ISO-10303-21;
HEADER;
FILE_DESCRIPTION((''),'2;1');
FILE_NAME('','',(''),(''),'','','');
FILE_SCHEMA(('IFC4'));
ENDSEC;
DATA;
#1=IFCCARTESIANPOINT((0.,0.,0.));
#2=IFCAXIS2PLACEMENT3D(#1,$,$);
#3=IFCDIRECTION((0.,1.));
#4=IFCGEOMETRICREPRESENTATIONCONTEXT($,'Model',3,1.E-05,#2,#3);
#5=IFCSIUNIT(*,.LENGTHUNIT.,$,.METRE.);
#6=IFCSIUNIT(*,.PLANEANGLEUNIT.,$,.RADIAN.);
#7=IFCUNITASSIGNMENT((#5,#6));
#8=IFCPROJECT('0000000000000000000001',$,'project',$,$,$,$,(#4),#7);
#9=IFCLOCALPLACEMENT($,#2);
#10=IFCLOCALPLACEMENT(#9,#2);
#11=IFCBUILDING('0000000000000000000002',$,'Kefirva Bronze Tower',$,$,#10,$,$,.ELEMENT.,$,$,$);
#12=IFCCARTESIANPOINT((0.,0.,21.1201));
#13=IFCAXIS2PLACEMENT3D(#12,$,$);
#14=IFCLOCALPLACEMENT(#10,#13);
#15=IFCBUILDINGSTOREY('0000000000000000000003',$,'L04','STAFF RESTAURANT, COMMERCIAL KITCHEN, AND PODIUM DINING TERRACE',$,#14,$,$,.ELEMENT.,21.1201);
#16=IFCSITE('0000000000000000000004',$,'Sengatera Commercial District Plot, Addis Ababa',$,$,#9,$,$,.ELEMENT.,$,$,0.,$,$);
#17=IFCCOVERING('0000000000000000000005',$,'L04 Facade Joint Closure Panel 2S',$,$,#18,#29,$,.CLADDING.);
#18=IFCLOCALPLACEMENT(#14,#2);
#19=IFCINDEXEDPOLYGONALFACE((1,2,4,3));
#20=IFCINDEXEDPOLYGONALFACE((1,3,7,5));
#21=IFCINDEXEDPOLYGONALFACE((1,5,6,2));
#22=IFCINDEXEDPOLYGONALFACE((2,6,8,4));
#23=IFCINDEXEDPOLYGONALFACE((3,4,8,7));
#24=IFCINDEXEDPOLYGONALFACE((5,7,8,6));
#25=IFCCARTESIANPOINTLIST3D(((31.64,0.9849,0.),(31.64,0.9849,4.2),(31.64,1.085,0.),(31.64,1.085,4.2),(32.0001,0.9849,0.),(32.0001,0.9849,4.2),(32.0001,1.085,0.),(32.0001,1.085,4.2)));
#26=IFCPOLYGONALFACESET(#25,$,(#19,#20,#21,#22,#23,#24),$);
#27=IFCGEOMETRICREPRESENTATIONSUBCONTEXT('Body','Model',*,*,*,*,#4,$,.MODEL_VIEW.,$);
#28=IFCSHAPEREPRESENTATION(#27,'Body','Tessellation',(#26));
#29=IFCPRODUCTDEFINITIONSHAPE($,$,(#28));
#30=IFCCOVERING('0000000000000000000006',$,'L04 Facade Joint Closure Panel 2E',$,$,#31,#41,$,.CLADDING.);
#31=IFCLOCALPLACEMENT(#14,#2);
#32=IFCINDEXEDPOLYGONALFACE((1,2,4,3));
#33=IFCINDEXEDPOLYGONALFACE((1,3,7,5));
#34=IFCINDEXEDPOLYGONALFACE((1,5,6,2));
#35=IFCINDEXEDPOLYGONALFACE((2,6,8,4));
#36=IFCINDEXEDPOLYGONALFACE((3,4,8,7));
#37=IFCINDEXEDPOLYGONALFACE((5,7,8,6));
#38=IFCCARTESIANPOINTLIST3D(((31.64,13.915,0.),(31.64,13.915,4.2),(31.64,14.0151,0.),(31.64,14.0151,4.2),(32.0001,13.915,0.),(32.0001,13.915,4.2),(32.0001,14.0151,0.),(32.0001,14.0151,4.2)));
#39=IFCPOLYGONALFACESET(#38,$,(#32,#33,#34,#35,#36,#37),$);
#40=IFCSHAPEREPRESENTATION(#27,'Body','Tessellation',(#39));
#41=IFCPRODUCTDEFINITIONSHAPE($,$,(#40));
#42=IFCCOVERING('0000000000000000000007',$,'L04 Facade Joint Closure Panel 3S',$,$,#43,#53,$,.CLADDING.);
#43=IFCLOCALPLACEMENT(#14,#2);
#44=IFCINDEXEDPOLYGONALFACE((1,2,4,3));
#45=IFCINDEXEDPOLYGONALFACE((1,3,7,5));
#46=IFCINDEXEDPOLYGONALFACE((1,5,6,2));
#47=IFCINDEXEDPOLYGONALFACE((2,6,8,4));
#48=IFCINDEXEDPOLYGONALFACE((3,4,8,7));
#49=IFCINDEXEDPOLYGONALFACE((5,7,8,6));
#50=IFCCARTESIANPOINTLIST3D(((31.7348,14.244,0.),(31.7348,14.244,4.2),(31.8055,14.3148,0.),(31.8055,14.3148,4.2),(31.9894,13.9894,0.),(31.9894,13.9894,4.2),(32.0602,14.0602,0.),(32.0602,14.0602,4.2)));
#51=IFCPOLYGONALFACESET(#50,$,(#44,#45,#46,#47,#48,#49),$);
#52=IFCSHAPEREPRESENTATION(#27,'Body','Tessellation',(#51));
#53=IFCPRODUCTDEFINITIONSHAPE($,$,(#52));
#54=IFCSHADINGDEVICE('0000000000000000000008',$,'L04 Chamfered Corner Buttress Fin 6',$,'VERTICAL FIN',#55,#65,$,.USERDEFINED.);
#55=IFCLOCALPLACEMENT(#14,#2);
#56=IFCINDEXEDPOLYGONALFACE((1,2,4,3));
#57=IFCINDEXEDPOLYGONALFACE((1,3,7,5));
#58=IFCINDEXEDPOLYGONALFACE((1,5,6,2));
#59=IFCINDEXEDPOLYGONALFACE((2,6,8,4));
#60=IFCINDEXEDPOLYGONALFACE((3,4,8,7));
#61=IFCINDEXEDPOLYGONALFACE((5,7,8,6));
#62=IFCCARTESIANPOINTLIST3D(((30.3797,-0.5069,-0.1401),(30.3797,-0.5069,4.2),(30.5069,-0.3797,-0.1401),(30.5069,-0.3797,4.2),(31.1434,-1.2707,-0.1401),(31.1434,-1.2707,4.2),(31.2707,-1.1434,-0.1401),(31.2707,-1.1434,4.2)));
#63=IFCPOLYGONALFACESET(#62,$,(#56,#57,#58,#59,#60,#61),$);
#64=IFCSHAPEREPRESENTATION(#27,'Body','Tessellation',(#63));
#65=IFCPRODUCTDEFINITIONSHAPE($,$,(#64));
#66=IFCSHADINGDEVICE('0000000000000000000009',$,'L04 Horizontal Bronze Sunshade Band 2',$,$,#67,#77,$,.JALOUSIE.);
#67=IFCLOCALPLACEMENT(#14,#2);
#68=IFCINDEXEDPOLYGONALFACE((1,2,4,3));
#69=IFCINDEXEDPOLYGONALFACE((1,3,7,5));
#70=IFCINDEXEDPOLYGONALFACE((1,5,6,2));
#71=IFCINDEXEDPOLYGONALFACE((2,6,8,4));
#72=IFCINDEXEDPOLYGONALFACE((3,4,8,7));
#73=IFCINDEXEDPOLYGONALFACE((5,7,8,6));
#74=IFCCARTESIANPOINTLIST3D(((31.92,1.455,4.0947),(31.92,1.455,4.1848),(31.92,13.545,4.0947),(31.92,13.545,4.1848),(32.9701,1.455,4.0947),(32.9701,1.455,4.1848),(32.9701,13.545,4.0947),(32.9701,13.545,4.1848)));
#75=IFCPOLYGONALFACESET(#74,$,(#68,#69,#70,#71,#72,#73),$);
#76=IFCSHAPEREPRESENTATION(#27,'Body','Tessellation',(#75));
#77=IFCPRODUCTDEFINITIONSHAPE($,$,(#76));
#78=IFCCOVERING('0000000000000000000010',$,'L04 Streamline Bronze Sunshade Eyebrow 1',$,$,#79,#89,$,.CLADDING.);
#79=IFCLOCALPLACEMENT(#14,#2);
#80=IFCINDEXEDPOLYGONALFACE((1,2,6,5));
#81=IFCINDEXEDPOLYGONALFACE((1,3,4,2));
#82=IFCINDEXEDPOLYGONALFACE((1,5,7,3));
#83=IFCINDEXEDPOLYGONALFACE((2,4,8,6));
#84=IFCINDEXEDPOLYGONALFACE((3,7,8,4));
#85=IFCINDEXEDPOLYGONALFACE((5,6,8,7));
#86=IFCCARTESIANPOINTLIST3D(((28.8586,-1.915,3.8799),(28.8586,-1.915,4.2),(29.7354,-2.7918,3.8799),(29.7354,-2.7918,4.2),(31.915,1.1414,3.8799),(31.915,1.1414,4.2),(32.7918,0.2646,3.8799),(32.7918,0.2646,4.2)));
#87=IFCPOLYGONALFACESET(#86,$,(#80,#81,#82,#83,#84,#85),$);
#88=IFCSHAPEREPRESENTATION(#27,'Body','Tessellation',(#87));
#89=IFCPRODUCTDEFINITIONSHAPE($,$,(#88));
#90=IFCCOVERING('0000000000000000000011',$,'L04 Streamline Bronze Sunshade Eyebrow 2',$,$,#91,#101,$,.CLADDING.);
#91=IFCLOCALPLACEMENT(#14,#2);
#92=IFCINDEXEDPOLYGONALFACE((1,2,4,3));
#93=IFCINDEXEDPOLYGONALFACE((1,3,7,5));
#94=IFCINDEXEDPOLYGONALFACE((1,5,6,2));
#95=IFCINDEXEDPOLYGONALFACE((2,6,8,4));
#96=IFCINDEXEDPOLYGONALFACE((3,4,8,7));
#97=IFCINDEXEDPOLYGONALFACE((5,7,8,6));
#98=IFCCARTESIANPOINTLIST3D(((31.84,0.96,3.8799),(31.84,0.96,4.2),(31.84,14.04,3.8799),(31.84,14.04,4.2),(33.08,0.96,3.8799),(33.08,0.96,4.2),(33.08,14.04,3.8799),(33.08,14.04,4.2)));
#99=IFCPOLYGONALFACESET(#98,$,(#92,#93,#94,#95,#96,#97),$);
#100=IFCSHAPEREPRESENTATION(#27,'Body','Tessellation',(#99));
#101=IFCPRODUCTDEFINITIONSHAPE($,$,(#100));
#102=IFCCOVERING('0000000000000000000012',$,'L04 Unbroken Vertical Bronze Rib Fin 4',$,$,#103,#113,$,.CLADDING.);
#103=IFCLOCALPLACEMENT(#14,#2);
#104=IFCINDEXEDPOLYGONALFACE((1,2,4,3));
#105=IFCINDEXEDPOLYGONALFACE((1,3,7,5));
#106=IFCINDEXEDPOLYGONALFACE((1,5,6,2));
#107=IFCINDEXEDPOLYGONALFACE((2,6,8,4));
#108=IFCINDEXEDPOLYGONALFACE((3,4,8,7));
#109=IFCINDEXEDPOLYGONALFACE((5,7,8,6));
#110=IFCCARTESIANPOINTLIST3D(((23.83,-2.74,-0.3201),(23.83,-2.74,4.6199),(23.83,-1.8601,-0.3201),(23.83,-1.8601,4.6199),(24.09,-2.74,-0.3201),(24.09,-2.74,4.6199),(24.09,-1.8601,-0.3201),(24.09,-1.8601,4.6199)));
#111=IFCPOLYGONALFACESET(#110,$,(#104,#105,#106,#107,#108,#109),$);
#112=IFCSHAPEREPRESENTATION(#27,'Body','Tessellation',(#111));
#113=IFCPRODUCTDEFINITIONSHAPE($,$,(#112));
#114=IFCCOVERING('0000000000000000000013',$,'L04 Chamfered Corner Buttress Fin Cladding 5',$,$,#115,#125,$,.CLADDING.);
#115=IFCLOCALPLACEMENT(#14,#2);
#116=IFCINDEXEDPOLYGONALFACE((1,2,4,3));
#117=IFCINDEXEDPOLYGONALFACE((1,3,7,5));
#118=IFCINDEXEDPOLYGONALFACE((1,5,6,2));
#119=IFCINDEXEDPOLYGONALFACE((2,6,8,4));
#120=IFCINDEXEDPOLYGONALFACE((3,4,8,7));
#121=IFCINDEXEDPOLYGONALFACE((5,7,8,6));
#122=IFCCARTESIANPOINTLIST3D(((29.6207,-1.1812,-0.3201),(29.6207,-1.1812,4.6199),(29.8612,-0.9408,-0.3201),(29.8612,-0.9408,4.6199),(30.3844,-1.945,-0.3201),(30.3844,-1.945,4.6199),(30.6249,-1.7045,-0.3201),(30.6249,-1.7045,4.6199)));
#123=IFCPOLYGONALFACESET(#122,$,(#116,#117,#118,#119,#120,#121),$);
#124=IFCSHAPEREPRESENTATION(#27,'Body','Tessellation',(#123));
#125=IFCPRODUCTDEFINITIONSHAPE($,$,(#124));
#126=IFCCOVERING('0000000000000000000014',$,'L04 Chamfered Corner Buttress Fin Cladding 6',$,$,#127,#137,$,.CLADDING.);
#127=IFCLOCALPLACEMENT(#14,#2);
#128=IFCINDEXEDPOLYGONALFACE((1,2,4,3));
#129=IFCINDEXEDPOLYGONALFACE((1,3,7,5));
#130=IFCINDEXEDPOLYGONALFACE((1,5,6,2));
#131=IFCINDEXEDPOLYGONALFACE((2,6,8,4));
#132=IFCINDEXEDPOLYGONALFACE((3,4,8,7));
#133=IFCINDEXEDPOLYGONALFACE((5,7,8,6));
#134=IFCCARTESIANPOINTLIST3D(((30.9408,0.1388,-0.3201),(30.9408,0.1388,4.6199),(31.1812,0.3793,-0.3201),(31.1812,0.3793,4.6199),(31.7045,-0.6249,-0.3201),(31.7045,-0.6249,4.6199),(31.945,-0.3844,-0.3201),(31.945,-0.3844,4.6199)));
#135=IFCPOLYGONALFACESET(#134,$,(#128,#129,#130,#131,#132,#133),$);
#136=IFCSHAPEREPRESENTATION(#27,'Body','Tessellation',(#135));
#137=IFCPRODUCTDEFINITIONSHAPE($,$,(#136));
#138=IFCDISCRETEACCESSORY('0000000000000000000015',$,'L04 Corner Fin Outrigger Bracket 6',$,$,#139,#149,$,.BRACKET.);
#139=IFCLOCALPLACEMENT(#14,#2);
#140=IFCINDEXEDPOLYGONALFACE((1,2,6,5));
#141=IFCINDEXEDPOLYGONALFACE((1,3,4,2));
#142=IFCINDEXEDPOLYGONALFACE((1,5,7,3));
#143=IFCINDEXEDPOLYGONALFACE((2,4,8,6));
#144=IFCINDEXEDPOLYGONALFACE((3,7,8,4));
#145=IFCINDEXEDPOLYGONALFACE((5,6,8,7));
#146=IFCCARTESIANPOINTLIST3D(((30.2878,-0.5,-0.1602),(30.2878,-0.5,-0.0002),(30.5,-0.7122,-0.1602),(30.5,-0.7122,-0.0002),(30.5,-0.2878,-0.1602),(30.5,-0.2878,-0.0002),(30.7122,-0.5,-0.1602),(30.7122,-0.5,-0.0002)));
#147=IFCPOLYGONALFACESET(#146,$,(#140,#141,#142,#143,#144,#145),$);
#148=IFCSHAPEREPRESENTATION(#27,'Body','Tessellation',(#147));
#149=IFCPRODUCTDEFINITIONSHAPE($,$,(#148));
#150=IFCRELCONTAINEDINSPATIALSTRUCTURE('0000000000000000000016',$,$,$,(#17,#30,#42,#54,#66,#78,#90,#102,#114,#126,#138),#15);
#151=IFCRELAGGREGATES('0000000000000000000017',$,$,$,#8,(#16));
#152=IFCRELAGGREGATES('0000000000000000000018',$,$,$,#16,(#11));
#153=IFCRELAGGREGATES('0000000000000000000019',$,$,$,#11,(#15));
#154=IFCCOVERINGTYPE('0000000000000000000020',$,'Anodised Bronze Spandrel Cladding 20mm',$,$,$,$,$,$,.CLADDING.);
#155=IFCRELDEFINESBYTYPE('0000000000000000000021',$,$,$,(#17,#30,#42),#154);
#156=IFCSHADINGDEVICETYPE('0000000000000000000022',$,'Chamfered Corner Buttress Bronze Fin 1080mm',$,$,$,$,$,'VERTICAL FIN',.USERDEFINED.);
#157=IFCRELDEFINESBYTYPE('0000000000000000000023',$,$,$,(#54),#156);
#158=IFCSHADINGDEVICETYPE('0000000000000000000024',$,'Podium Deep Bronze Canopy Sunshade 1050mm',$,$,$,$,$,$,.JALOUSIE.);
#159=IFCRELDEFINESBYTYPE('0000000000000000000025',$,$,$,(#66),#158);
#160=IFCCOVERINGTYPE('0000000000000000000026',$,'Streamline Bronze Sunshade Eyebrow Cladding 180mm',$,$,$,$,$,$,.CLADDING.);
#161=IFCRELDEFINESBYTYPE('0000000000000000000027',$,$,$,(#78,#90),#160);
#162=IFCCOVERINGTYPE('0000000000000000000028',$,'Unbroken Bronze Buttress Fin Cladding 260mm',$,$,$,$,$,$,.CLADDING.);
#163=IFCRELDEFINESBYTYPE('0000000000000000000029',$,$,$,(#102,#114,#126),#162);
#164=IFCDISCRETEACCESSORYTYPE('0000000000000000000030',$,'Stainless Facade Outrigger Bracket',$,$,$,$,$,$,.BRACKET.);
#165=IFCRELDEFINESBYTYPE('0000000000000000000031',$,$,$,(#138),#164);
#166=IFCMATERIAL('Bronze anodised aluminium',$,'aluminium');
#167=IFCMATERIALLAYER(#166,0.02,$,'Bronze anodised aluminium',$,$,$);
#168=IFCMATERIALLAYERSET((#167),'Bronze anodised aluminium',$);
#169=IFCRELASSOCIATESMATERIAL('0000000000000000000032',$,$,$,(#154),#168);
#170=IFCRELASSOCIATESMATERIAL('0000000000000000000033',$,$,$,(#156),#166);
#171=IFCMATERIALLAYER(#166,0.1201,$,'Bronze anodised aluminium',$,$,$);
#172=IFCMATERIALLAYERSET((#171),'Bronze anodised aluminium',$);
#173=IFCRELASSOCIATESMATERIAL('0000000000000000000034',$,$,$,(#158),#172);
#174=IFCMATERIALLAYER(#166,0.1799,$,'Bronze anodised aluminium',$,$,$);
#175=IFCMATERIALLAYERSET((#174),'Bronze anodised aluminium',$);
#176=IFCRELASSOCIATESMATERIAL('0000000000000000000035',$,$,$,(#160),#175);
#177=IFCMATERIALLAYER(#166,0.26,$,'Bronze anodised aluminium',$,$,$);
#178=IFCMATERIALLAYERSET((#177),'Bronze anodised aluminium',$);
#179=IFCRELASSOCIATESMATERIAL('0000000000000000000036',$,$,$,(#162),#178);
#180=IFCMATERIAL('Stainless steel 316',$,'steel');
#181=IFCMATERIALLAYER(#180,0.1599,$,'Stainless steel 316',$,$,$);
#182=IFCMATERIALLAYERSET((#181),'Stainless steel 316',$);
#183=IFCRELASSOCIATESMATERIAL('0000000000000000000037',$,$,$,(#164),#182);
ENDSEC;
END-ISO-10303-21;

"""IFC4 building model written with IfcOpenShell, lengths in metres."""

from ifc_helpers import new_model, si_unit, direction, frame, origin, origin_2d, place, context, subcontext, project, spatial, rectangle, extrude, material, layer, layer_set, material_profile, profile_set, type_object, element, save


model = new_model("IFC4")

# Units and contexts
model_context = context("Model", 3, precision=1e-05, world=origin(), true_north=direction((0.0, 1.0)))
body_context = subcontext(model_context, "Body", "Model", "MODEL_VIEW")
ifc_project = project(units=[si_unit("LENGTHUNIT", "METRE"), si_unit("PLANEANGLEUNIT", "RADIAN")], contexts=[model_context])

# Site, building, storey
site_placement = place(None, origin())
site = spatial("IfcSite", under=ifc_project, at=site_placement, Name="Sengatera Commercial District Plot, Addis Ababa", CompositionType="ELEMENT", RefElevation=0.0)
building_placement = place(site_placement, origin())
building = spatial("IfcBuilding", under=site, at=building_placement, Name="Kefirva Bronze Tower", CompositionType="ELEMENT")
storey_placement = place(building_placement, frame((0.0, 0.0, 21.1201)))
storey = spatial("IfcBuildingStorey", under=building, at=storey_placement, Name="L04", Description="STAFF RESTAURANT, COMMERCIAL KITCHEN, AND PODIUM DINING TERRACE", CompositionType="ELEMENT", Elevation=21.1201)

# Shared definitions
ifc_material_1 = material(Name="Bronze anodised aluminium", Category="aluminium")

# Coverings
ifc_layer_1 = layer(ifc_material_1, 0.02, Name="Bronze anodised aluminium")
ifc_layer_set_1 = layer_set([ifc_layer_1], Name="Bronze anodised aluminium")
covering_type_1 = type_object("IfcCoveringType", Name="Anodised Bronze Spandrel Cladding 20mm", PredefinedType="CLADDING", material=ifc_layer_set_1)
for number, where, z_axis, x_axis, name in (
    (1, (31.8201, 1.0349, 0.0), (0.0, 0.0, 1.0), (0.0, 1.0, 0.0), "L04 Facade Joint Closure Panel 2S"),
    (2, (31.8201, 13.9651, 0.0), (0.0, 0.0, 1.0), (0.0, 1.0, 0.0), "L04 Facade Joint Closure Panel 2E"),
    (3, (31.8975, 14.1521, 0.0), (0.0, 0.0, 1.0), (0.707107, 0.707107, 0.0), "L04 Facade Joint Closure Panel 3S"),
):
    element("IfcCovering", number, at=place(storey_placement, frame(where, z_axis=z_axis, x_axis=x_axis)), inside=storey, type_object=covering_type_1, Name=name, PredefinedType="CLADDING", context=body_context, shape_type="SweptSolid", body=[
        extrude(rectangle(XDim=0.1001, YDim=0.3601, at=origin_2d()), origin(), (0.0, 0.0, 1.0), 4.2),
    ])

# Shading device
ifc_material_profile_1 = material_profile(ifc_material_1, rectangle(XDim=0.1799, YDim=1.0801, at=origin_2d()), Name="BRONZE BUTTRESS FIN 180x1080")
ifc_profile_set_1 = profile_set([ifc_material_profile_1], Name="Bronze anodised aluminium")
shading_device_type_1 = type_object("IfcShadingDeviceType", Name="Chamfered Corner Buttress Bronze Fin 1080mm", ElementType="VERTICAL FIN", PredefinedType="USERDEFINED", material=ifc_profile_set_1)
shading_device_1_placement = place(storey_placement, frame((30.8252, -0.8252, -0.1401), z_axis=(0.0, 0.0, 1.0), x_axis=(0.707107, 0.707107, 0.0)))
element("IfcShadingDevice", 4, at=shading_device_1_placement, inside=storey, type_object=shading_device_type_1, Name="L04 Chamfered Corner Buttress Fin 6", ObjectType="VERTICAL FIN", PredefinedType="USERDEFINED", context=body_context, shape_type="SweptSolid", body=[
    extrude(rectangle(XDim=0.1799, YDim=1.0801, at=origin_2d()), origin(), (0.0, 0.0, 1.0), 4.3401),
])

# Shading device
ifc_layer_2 = layer(ifc_material_1, 0.1201, Name="Bronze anodised aluminium")
ifc_layer_set_2 = layer_set([ifc_layer_2], Name="Bronze anodised aluminium")
shading_device_type_2 = type_object("IfcShadingDeviceType", Name="Podium Deep Bronze Canopy Sunshade 1050mm", PredefinedType="JALOUSIE", material=ifc_layer_set_2)
shading_device_2_placement = place(storey_placement, frame((32.4451, 7.5, 4.0947), z_axis=(0.0, 0.0, 1.0), x_axis=(0.0, 1.0, 0.0)))
element("IfcShadingDevice", 5, at=shading_device_2_placement, inside=storey, type_object=shading_device_type_2, Name="L04 Horizontal Bronze Sunshade Band 2", PredefinedType="JALOUSIE", context=body_context, shape_type="SweptSolid", body=[
    extrude(rectangle(XDim=12.0901, YDim=1.05, at=origin_2d()), origin(), (0.0, 0.0, 1.0), 0.0901),
])

# Coverings
ifc_layer_3 = layer(ifc_material_1, 0.1799, Name="Bronze anodised aluminium")
ifc_layer_set_3 = layer_set([ifc_layer_3], Name="Bronze anodised aluminium")
covering_type_2 = type_object("IfcCoveringType", Name="Streamline Bronze Sunshade Eyebrow Cladding 180mm", PredefinedType="CLADDING", material=ifc_layer_set_3)
covering_1_placement = place(storey_placement, frame((30.8252, -0.8252, 3.8799), z_axis=(0.0, 0.0, 1.0), x_axis=(0.707107, 0.707107, 0.0)))
element("IfcCovering", 6, at=covering_1_placement, inside=storey, type_object=covering_type_2, Name="L04 Streamline Bronze Sunshade Eyebrow 1", PredefinedType="CLADDING", context=body_context, shape_type="SweptSolid", body=[
    extrude(rectangle(XDim=4.3225, YDim=1.24, at=origin_2d()), origin(), (0.0, 0.0, 1.0), 0.3201),
])
covering_2_placement = place(storey_placement, frame((32.46, 7.5, 3.8799), z_axis=(0.0, 0.0, 1.0), x_axis=(0.0, 1.0, 0.0)))
element("IfcCovering", 7, at=covering_2_placement, inside=storey, type_object=covering_type_2, Name="L04 Streamline Bronze Sunshade Eyebrow 2", PredefinedType="CLADDING", context=body_context, shape_type="SweptSolid", body=[
    extrude(rectangle(XDim=13.0801, YDim=1.24, at=origin_2d()), origin(), (0.0, 0.0, 1.0), 0.3201),
])
ifc_layer_4 = layer(ifc_material_1, 0.26, Name="Bronze anodised aluminium")
ifc_layer_set_4 = layer_set([ifc_layer_4], Name="Bronze anodised aluminium")
covering_type_3 = type_object("IfcCoveringType", Name="Unbroken Bronze Buttress Fin Cladding 260mm", PredefinedType="CLADDING", material=ifc_layer_set_4)
covering_3_placement = place(storey_placement, frame((23.96, -2.3, -0.3201), z_axis=(0.0, 0.0, 1.0), x_axis=(1.0, 0.0, 0.0)))
element("IfcCovering", 8, at=covering_3_placement, inside=storey, type_object=covering_type_3, Name="L04 Unbroken Vertical Bronze Rib Fin 4", PredefinedType="CLADDING", context=body_context, shape_type="SweptSolid", body=[
    extrude(rectangle(XDim=0.26, YDim=0.8799, at=origin_2d()), origin(), (0.0, 0.0, 1.0), 4.9399),
])
for number, where, z_axis, x_axis, name in (
    (9, (30.1228, -1.4429, -0.3201), (0.0, 0.0, 1.0), (0.707107, 0.707107, 0.0), "L04 Chamfered Corner Buttress Fin Cladding 5"),
    (10, (31.4429, -0.1228, -0.3201), (0.0, 0.0, 1.0), (0.707107, 0.707107, 0.0), "L04 Chamfered Corner Buttress Fin Cladding 6"),
):
    element("IfcCovering", number, at=place(storey_placement, frame(where, z_axis=z_axis, x_axis=x_axis)), inside=storey, type_object=covering_type_3, Name=name, PredefinedType="CLADDING", context=body_context, shape_type="SweptSolid", body=[
        extrude(rectangle(XDim=0.3401, YDim=1.0801, at=origin_2d()), origin(), (0.0, 0.0, 1.0), 4.9399),
    ])

# Discrete accessory
ifc_material_2 = material(Name="Stainless steel 316", Category="steel")
ifc_layer_5 = layer(ifc_material_2, 0.1599, Name="Stainless steel 316")
ifc_layer_set_5 = layer_set([ifc_layer_5], Name="Stainless steel 316")
discrete_accessory_type = type_object("IfcDiscreteAccessoryType", Name="Stainless Facade Outrigger Bracket", PredefinedType="BRACKET", material=ifc_layer_set_5)
discrete_accessory_placement = place(storey_placement, frame((30.5, -0.5, -0.1602), z_axis=(0.0, 0.0, 1.0), x_axis=(0.707107, 0.707107, 0.0)))
element("IfcDiscreteAccessory", 11, at=discrete_accessory_placement, inside=storey, type_object=discrete_accessory_type, Name="L04 Corner Fin Outrigger Bracket 6", PredefinedType="BRACKET", context=body_context, shape_type="SweptSolid", body=[
    extrude(rectangle(XDim=0.3, YDim=0.3, at=origin_2d()), origin(), (0.0, 0.0, 1.0), 0.1599),
])

save(model, "model.ifc")
